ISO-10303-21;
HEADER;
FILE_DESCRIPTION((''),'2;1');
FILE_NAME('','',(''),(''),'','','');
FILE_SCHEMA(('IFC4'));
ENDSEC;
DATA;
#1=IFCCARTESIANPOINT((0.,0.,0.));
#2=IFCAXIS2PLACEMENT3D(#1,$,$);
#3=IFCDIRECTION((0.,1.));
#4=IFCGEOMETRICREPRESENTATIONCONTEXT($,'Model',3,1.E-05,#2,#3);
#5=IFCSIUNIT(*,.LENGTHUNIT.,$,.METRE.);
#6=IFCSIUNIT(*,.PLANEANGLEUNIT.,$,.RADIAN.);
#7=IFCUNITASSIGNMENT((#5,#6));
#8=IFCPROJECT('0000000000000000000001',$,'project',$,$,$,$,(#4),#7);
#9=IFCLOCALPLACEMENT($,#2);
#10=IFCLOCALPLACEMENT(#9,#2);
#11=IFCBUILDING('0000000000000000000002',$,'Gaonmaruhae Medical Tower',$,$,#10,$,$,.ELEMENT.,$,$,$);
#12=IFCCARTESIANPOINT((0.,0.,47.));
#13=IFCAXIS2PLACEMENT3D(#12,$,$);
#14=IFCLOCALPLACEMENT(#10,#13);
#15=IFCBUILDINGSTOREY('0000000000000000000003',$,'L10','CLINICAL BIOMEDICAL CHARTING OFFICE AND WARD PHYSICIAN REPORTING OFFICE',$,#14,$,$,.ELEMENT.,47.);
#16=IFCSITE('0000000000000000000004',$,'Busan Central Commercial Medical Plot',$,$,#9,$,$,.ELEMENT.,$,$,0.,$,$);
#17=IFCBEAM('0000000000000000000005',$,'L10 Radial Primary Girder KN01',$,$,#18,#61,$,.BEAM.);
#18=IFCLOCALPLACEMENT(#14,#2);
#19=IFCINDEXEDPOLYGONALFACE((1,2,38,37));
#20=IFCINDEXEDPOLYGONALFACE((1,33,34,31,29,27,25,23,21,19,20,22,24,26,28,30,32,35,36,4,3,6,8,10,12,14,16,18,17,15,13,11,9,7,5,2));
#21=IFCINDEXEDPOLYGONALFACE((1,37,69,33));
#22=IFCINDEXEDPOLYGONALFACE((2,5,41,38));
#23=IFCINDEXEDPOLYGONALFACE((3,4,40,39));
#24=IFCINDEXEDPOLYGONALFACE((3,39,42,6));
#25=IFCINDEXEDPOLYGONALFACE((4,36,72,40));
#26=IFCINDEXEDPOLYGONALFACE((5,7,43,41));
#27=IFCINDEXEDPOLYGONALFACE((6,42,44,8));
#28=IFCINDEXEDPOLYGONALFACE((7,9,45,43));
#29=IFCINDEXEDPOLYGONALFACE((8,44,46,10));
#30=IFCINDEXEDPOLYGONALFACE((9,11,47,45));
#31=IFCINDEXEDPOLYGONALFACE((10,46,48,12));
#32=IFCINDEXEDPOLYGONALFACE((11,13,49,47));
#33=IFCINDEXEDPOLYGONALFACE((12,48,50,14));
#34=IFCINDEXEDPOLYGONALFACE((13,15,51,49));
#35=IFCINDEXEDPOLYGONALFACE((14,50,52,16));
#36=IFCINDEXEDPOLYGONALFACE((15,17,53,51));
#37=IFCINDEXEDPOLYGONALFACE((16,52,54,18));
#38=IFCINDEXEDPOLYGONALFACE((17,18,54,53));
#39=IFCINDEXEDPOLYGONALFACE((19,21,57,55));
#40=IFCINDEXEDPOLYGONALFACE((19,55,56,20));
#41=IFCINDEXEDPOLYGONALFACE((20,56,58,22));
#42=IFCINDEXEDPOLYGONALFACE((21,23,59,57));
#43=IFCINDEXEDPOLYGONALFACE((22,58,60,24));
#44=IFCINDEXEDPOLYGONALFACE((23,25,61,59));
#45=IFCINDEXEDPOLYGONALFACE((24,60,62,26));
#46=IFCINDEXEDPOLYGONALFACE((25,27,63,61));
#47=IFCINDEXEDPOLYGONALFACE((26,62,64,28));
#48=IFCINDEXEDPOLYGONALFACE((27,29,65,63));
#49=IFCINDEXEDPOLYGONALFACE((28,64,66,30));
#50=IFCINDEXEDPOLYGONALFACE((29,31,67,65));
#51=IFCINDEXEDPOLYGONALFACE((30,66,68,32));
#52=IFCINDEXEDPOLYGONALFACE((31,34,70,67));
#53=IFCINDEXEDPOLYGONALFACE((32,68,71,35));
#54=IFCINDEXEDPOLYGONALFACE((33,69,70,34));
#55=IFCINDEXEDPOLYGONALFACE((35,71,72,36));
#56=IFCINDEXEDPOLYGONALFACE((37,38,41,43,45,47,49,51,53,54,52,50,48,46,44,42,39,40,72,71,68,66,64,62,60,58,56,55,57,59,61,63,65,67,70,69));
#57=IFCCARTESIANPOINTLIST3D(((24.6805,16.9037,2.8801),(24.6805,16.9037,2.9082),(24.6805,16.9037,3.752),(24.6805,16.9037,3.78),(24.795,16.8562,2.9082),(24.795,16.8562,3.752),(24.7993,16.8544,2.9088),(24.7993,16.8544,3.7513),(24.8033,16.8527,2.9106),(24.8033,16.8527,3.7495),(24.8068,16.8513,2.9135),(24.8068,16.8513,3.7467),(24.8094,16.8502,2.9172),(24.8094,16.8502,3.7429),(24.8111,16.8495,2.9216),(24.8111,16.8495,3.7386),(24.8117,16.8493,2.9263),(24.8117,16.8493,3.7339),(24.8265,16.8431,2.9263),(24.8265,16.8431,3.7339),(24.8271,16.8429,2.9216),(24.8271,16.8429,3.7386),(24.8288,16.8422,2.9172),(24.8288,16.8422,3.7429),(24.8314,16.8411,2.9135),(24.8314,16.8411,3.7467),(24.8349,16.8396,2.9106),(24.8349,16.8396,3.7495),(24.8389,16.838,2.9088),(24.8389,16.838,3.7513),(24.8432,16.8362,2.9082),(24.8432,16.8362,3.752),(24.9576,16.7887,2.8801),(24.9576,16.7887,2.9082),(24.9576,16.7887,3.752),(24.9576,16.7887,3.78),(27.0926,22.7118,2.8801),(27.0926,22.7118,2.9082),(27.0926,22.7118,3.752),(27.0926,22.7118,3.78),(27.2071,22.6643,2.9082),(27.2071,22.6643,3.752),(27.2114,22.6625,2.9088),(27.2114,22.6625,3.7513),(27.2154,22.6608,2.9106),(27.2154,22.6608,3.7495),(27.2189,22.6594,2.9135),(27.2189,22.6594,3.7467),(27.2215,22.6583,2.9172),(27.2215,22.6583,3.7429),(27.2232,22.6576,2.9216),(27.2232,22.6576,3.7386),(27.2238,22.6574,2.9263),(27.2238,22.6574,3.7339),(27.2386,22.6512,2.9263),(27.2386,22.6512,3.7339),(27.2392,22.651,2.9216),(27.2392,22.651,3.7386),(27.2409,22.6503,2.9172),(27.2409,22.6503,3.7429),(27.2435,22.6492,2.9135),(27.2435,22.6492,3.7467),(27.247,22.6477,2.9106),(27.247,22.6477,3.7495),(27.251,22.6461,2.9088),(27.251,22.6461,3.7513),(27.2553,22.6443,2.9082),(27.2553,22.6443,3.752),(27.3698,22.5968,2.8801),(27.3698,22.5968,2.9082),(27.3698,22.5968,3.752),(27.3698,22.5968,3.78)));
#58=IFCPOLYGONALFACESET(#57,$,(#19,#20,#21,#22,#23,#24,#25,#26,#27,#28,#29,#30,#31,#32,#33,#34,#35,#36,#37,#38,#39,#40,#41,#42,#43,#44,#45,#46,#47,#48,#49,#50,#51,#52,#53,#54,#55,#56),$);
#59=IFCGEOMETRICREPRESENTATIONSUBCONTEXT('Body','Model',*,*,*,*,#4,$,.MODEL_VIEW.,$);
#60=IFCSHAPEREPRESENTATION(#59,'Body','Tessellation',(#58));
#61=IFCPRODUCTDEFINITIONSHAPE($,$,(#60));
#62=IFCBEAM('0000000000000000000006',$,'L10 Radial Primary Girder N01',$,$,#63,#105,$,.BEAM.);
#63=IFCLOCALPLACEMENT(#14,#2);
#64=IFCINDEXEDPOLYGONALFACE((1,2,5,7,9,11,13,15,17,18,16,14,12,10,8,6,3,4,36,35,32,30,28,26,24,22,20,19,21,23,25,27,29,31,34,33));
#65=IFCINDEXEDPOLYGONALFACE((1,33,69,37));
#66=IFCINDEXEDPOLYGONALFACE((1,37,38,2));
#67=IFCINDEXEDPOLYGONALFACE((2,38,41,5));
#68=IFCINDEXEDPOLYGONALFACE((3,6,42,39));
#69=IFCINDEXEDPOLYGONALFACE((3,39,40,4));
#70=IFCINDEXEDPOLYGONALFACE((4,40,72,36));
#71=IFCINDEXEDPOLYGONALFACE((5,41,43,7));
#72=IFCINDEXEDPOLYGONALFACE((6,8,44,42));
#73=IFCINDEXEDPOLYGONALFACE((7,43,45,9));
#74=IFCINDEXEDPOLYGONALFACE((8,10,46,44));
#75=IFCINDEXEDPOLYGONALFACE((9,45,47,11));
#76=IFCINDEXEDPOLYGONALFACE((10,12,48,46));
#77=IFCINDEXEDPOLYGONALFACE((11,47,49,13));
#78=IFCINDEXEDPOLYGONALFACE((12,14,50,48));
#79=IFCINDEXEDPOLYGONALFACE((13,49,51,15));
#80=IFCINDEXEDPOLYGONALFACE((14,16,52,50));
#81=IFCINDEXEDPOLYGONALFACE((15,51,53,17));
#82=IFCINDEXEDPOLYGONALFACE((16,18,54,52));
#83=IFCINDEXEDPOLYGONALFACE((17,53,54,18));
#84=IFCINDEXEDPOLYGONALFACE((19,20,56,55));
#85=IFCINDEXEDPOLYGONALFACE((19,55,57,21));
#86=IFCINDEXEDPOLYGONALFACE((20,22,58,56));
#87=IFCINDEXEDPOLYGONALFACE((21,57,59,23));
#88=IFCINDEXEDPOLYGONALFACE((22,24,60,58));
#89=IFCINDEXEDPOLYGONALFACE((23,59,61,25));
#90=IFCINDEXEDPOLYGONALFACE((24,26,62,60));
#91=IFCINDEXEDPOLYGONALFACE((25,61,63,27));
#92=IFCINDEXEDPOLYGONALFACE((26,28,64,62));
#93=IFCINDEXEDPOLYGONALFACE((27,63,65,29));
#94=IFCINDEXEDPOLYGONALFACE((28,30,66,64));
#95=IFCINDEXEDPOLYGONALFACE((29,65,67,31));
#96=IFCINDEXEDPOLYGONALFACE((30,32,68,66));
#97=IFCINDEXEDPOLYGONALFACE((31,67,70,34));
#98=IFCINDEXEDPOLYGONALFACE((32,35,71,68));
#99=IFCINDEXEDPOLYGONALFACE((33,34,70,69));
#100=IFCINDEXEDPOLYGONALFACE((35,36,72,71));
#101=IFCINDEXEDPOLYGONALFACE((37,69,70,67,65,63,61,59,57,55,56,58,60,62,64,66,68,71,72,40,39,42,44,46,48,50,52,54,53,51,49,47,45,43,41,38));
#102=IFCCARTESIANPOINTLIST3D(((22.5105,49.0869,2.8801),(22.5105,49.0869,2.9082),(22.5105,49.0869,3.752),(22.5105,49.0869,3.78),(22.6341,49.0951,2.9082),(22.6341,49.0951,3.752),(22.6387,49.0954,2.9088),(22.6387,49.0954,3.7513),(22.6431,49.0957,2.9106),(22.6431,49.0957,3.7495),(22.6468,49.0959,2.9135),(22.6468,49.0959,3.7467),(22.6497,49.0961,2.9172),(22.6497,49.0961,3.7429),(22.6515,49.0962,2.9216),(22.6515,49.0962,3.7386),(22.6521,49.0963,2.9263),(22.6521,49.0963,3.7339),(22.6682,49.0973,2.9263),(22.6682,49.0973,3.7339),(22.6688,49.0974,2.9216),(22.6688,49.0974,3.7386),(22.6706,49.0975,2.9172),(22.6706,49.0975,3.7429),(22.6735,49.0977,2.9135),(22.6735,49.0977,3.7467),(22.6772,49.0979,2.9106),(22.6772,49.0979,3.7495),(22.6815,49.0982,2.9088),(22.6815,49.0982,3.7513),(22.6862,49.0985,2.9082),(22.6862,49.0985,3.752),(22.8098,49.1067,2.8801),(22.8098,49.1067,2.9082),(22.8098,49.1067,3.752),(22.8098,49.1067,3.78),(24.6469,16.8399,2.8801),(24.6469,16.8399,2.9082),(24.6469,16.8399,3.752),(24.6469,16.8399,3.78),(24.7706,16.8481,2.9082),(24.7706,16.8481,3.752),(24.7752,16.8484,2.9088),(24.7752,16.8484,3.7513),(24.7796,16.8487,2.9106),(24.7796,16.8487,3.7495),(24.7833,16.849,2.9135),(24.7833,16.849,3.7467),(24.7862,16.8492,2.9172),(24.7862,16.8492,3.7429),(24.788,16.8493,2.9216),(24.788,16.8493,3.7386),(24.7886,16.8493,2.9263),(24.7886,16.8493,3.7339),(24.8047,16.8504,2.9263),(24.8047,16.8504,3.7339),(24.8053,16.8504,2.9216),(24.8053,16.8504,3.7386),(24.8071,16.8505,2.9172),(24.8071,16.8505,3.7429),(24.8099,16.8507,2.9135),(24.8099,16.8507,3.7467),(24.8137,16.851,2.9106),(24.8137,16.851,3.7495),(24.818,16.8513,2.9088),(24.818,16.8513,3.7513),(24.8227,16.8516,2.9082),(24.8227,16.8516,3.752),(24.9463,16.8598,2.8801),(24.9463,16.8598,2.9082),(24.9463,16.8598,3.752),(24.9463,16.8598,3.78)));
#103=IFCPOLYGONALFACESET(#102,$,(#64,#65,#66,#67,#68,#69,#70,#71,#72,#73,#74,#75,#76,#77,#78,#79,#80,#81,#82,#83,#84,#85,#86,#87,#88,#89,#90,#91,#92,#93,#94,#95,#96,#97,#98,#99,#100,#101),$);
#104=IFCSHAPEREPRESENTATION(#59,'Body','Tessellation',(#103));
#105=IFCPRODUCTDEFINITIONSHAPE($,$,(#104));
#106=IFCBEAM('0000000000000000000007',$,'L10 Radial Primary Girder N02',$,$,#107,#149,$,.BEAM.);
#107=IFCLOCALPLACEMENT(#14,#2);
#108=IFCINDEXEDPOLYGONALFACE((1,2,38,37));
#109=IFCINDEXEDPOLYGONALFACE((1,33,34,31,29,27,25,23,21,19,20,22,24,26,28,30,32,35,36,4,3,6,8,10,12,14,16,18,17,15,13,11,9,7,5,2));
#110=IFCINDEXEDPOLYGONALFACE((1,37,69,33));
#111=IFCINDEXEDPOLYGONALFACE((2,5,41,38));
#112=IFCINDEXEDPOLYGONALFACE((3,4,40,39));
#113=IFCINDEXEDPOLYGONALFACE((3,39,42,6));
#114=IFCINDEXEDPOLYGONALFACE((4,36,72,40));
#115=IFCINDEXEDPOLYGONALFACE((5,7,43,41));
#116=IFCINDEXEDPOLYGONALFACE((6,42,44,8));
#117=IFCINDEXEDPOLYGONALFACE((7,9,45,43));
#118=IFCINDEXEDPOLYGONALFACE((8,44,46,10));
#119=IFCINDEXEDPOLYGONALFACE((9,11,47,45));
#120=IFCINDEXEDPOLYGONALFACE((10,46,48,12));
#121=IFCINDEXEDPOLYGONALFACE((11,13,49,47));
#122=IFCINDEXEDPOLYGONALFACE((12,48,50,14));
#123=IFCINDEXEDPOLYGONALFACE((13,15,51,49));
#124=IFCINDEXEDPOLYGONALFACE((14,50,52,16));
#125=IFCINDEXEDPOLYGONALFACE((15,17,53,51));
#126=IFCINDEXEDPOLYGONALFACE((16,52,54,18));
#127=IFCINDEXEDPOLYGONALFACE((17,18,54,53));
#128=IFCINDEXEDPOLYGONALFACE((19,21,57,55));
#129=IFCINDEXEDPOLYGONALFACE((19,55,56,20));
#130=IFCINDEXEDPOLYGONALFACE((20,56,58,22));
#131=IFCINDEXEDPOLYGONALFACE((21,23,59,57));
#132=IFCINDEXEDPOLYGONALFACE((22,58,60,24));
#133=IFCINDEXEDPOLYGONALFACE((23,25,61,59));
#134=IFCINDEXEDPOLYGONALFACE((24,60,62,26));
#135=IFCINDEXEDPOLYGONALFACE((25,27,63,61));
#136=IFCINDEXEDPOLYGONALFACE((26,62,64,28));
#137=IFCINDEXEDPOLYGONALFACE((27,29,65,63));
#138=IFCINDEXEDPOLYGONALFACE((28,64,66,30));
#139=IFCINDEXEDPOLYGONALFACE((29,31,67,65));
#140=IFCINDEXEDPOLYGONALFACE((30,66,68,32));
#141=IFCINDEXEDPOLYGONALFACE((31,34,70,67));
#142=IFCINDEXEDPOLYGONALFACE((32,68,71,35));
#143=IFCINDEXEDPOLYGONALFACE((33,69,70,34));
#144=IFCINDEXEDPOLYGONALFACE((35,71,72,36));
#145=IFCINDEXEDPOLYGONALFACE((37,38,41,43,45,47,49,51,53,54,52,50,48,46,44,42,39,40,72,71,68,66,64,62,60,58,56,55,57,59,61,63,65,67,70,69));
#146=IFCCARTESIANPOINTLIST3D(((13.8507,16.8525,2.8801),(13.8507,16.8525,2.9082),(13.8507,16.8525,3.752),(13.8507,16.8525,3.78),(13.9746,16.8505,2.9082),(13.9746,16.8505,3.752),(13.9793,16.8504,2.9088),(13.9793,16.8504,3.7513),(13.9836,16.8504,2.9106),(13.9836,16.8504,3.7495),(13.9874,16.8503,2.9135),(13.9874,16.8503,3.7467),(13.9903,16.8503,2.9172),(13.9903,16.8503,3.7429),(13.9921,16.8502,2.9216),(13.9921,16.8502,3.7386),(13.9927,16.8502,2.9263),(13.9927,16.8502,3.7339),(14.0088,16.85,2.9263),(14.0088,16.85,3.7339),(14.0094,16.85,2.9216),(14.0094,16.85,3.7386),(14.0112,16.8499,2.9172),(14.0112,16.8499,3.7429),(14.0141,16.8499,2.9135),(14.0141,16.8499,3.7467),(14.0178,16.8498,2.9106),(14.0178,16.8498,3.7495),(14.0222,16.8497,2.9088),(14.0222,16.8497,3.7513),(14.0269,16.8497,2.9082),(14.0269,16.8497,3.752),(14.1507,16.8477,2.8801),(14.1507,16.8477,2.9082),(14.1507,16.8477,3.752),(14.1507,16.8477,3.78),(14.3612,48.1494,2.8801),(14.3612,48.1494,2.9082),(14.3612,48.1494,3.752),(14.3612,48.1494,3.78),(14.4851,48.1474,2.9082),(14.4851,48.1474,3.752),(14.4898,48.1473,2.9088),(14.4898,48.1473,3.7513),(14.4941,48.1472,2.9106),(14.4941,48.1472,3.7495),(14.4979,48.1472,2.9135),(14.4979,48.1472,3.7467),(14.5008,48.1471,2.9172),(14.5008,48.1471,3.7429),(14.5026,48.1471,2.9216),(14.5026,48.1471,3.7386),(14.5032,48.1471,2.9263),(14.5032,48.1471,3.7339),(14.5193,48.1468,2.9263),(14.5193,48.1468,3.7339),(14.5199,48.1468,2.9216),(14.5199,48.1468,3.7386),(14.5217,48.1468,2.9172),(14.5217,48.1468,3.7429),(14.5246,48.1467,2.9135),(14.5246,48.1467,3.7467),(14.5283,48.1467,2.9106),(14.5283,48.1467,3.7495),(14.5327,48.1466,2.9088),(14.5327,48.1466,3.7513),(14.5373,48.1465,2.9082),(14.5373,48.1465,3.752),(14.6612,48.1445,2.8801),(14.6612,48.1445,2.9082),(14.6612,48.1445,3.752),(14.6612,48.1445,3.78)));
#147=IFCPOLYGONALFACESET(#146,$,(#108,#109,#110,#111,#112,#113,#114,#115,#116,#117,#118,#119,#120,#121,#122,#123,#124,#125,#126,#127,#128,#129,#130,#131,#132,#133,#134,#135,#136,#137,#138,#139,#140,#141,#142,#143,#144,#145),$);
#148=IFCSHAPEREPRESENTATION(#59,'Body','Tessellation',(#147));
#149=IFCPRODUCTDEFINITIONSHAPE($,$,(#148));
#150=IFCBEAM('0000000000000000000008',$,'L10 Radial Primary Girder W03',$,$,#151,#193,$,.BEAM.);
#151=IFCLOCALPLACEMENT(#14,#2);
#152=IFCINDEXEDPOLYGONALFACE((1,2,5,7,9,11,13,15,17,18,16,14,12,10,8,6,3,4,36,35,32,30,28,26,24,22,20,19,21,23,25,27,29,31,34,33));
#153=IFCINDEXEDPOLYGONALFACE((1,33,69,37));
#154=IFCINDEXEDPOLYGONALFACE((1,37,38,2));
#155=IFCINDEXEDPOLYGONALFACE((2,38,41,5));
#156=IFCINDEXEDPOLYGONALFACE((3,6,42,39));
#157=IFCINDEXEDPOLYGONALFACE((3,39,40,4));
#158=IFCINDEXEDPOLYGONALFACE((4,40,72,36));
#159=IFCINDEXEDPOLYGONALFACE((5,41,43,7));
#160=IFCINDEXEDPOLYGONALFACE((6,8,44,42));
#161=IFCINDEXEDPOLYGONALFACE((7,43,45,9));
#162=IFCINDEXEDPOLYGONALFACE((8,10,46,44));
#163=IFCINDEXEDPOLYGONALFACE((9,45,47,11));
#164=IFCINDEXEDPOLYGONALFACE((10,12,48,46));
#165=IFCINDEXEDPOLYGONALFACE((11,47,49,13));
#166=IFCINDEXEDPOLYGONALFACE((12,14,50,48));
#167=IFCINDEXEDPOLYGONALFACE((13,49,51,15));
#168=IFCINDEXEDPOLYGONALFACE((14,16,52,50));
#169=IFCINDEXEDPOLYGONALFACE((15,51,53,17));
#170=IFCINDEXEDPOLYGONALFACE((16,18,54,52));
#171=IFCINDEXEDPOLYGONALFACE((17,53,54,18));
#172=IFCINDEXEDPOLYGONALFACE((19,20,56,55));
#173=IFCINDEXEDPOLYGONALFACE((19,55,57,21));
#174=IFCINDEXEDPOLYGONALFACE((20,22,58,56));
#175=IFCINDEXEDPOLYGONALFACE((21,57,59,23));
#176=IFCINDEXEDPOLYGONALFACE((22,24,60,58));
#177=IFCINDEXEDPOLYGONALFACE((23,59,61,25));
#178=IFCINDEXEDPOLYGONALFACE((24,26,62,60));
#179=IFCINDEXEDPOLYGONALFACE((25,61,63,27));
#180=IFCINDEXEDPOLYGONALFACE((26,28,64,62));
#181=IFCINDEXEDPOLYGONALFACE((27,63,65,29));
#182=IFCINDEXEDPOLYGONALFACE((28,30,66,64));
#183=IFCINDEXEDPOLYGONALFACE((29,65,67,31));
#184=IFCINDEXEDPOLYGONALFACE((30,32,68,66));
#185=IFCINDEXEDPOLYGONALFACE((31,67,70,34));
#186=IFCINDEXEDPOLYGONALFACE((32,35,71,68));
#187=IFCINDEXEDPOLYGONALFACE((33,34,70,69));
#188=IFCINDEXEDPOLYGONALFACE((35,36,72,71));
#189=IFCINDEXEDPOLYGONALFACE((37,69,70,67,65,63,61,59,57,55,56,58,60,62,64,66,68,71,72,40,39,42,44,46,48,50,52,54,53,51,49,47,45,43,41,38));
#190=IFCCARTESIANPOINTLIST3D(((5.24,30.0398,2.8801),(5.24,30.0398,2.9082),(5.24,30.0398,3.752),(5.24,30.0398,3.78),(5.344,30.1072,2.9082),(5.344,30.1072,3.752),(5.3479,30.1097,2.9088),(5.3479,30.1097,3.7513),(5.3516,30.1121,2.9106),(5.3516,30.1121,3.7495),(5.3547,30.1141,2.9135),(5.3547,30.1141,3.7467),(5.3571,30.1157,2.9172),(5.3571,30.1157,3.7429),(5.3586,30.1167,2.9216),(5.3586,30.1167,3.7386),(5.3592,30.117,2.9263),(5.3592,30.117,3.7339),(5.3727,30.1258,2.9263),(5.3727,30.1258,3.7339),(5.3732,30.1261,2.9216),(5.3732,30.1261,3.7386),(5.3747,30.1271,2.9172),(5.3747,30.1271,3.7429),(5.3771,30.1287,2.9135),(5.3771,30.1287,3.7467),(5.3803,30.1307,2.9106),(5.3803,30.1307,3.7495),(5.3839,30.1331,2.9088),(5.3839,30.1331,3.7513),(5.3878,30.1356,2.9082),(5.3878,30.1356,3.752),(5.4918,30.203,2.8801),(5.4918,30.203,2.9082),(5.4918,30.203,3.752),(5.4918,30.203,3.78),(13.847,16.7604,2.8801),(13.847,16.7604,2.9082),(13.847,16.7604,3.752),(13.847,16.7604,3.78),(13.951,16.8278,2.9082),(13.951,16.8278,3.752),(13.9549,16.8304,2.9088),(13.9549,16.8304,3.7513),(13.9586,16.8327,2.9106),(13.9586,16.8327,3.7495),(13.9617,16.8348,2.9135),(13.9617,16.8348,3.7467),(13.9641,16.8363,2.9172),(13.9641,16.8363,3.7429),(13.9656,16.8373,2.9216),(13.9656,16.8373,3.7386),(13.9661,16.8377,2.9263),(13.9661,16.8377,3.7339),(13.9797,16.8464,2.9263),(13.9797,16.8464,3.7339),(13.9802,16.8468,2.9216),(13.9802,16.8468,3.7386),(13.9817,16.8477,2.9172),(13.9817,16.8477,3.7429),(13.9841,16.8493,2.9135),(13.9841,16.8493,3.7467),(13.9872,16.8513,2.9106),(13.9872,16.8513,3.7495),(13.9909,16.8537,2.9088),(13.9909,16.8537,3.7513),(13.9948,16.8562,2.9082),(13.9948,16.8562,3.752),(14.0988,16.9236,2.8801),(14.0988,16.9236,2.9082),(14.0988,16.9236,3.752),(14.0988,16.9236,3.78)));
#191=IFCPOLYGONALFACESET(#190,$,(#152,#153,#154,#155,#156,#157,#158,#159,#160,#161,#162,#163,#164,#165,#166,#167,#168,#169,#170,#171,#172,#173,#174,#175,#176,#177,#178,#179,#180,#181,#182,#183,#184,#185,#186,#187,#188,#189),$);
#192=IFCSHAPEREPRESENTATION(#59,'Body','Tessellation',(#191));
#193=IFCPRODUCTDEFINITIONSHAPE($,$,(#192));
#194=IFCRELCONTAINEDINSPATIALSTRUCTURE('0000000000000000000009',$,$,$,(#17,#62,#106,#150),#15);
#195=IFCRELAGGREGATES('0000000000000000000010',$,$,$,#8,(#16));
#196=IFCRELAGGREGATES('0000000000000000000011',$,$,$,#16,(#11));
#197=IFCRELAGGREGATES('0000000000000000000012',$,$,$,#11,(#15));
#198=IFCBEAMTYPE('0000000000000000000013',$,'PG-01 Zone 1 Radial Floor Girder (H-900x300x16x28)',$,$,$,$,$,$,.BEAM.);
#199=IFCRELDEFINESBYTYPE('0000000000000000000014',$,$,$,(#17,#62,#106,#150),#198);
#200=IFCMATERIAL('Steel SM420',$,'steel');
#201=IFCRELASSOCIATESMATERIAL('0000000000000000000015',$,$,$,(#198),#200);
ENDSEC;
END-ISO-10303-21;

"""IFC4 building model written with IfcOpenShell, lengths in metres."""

from ifc_helpers import new_model, si_unit, direction, frame, origin, origin_2d, place, context, subcontext, project, spatial, i_section, extrude, material, material_profile, profile_set, type_object, element, save


model = new_model("IFC4")

# Units and contexts
model_context = context("Model", 3, precision=1e-05, world=origin(), true_north=direction((0.0, 1.0)))
body_context = subcontext(model_context, "Body", "Model", "MODEL_VIEW")
ifc_project = project(units=[si_unit("LENGTHUNIT", "METRE"), si_unit("PLANEANGLEUNIT", "RADIAN")], contexts=[model_context])

# Site, building, storey
site_placement = place(None, origin())
site = spatial("IfcSite", under=ifc_project, at=site_placement, Name="Busan Central Commercial Medical Plot", CompositionType="ELEMENT", RefElevation=0.0)
building_placement = place(site_placement, origin())
building = spatial("IfcBuilding", under=site, at=building_placement, Name="Gaonmaruhae Medical Tower", CompositionType="ELEMENT")
storey_placement = place(building_placement, frame((0.0, 0.0, 47.0)))
storey = spatial("IfcBuildingStorey", under=building, at=storey_placement, Name="L10", Description="CLINICAL BIOMEDICAL CHARTING OFFICE AND WARD PHYSICIAN REPORTING OFFICE", CompositionType="ELEMENT", Elevation=47.0)

# Beams
ifc_material_1 = material(Name="Steel SM420", Category="steel")
ifc_material_profile_1 = material_profile(ifc_material_1, i_section(OverallWidth=0.3, OverallDepth=0.8999, WebThickness=0.0161, FlangeThickness=0.0281, FilletRadius=0.0181, at=origin_2d()), Name="H-900x300x16x28")
ifc_profile_set_1 = profile_set([ifc_material_profile_1], Name="Steel SM420")
beam_type_1 = type_object("IfcBeamType", Name="PG-01 Zone 1 Radial Floor Girder (H-900x300x16x28)", PredefinedType="BEAM", material=ifc_profile_set_1)
beam_1_placement = place(storey_placement, frame((24.8191, 16.8462, 3.3301), z_axis=(0.38354, 0.923524, 0.0), x_axis=(-0.923524, 0.38354, 0.0)))
element("IfcBeam", 1, at=beam_1_placement, inside=storey, type_object=beam_type_1, Name="L10 Radial Primary Girder KN01", PredefinedType="BEAM", context=body_context, shape_type="SweptSolid", body=[
    extrude(i_section(OverallWidth=0.3, OverallDepth=0.8999, WebThickness=0.0161, FlangeThickness=0.0281, FilletRadius=0.0181, at=origin_2d()), origin(), (0.0, 0.0, 1.0), 6.2891),
])
beam_2_placement = place(storey_placement, frame((24.7966, 16.8499, 3.3301), z_axis=(-0.066109, 0.997812, 0.0), x_axis=(-0.997812, -0.066109, 0.0)))
element("IfcBeam", 2, at=beam_2_placement, inside=storey, type_object=beam_type_1, Name="L10 Radial Primary Girder N01", PredefinedType="BEAM", context=body_context, shape_type="SweptSolid", body=[
    extrude(i_section(OverallWidth=0.3, OverallDepth=0.8999, WebThickness=0.0161, FlangeThickness=0.0281, FilletRadius=0.0181, at=origin_2d()), origin(), (0.0, 0.0, 1.0), 32.3176),
])
beam_3_placement = place(storey_placement, frame((14.0007, 16.8501, 3.3301), z_axis=(0.016309, 0.999867, 0.0), x_axis=(-0.999867, 0.016309, 0.0)))
element("IfcBeam", 3, at=beam_3_placement, inside=storey, type_object=beam_type_1, Name="L10 Radial Primary Girder N02", PredefinedType="BEAM", context=body_context, shape_type="SweptSolid", body=[
    extrude(i_section(OverallWidth=0.3, OverallDepth=0.8999, WebThickness=0.0161, FlangeThickness=0.0281, FilletRadius=0.0181, at=origin_2d()), origin(), (0.0, 0.0, 1.0), 31.301),
])
beam_4_placement = place(storey_placement, frame((13.9729, 16.842, 3.3301), z_axis=(-0.543895, 0.839154, 0.0), x_axis=(-0.839154, -0.543895, 0.0)))
element("IfcBeam", 4, at=beam_4_placement, inside=storey, type_object=beam_type_1, Name="L10 Radial Primary Girder W03", PredefinedType="BEAM", context=body_context, shape_type="SweptSolid", body=[
    extrude(i_section(OverallWidth=0.3, OverallDepth=0.8999, WebThickness=0.0161, FlangeThickness=0.0281, FilletRadius=0.0181, at=origin_2d()), origin(), (0.0, 0.0, 1.0), 15.8247),
])

save(model, "model.ifc")
